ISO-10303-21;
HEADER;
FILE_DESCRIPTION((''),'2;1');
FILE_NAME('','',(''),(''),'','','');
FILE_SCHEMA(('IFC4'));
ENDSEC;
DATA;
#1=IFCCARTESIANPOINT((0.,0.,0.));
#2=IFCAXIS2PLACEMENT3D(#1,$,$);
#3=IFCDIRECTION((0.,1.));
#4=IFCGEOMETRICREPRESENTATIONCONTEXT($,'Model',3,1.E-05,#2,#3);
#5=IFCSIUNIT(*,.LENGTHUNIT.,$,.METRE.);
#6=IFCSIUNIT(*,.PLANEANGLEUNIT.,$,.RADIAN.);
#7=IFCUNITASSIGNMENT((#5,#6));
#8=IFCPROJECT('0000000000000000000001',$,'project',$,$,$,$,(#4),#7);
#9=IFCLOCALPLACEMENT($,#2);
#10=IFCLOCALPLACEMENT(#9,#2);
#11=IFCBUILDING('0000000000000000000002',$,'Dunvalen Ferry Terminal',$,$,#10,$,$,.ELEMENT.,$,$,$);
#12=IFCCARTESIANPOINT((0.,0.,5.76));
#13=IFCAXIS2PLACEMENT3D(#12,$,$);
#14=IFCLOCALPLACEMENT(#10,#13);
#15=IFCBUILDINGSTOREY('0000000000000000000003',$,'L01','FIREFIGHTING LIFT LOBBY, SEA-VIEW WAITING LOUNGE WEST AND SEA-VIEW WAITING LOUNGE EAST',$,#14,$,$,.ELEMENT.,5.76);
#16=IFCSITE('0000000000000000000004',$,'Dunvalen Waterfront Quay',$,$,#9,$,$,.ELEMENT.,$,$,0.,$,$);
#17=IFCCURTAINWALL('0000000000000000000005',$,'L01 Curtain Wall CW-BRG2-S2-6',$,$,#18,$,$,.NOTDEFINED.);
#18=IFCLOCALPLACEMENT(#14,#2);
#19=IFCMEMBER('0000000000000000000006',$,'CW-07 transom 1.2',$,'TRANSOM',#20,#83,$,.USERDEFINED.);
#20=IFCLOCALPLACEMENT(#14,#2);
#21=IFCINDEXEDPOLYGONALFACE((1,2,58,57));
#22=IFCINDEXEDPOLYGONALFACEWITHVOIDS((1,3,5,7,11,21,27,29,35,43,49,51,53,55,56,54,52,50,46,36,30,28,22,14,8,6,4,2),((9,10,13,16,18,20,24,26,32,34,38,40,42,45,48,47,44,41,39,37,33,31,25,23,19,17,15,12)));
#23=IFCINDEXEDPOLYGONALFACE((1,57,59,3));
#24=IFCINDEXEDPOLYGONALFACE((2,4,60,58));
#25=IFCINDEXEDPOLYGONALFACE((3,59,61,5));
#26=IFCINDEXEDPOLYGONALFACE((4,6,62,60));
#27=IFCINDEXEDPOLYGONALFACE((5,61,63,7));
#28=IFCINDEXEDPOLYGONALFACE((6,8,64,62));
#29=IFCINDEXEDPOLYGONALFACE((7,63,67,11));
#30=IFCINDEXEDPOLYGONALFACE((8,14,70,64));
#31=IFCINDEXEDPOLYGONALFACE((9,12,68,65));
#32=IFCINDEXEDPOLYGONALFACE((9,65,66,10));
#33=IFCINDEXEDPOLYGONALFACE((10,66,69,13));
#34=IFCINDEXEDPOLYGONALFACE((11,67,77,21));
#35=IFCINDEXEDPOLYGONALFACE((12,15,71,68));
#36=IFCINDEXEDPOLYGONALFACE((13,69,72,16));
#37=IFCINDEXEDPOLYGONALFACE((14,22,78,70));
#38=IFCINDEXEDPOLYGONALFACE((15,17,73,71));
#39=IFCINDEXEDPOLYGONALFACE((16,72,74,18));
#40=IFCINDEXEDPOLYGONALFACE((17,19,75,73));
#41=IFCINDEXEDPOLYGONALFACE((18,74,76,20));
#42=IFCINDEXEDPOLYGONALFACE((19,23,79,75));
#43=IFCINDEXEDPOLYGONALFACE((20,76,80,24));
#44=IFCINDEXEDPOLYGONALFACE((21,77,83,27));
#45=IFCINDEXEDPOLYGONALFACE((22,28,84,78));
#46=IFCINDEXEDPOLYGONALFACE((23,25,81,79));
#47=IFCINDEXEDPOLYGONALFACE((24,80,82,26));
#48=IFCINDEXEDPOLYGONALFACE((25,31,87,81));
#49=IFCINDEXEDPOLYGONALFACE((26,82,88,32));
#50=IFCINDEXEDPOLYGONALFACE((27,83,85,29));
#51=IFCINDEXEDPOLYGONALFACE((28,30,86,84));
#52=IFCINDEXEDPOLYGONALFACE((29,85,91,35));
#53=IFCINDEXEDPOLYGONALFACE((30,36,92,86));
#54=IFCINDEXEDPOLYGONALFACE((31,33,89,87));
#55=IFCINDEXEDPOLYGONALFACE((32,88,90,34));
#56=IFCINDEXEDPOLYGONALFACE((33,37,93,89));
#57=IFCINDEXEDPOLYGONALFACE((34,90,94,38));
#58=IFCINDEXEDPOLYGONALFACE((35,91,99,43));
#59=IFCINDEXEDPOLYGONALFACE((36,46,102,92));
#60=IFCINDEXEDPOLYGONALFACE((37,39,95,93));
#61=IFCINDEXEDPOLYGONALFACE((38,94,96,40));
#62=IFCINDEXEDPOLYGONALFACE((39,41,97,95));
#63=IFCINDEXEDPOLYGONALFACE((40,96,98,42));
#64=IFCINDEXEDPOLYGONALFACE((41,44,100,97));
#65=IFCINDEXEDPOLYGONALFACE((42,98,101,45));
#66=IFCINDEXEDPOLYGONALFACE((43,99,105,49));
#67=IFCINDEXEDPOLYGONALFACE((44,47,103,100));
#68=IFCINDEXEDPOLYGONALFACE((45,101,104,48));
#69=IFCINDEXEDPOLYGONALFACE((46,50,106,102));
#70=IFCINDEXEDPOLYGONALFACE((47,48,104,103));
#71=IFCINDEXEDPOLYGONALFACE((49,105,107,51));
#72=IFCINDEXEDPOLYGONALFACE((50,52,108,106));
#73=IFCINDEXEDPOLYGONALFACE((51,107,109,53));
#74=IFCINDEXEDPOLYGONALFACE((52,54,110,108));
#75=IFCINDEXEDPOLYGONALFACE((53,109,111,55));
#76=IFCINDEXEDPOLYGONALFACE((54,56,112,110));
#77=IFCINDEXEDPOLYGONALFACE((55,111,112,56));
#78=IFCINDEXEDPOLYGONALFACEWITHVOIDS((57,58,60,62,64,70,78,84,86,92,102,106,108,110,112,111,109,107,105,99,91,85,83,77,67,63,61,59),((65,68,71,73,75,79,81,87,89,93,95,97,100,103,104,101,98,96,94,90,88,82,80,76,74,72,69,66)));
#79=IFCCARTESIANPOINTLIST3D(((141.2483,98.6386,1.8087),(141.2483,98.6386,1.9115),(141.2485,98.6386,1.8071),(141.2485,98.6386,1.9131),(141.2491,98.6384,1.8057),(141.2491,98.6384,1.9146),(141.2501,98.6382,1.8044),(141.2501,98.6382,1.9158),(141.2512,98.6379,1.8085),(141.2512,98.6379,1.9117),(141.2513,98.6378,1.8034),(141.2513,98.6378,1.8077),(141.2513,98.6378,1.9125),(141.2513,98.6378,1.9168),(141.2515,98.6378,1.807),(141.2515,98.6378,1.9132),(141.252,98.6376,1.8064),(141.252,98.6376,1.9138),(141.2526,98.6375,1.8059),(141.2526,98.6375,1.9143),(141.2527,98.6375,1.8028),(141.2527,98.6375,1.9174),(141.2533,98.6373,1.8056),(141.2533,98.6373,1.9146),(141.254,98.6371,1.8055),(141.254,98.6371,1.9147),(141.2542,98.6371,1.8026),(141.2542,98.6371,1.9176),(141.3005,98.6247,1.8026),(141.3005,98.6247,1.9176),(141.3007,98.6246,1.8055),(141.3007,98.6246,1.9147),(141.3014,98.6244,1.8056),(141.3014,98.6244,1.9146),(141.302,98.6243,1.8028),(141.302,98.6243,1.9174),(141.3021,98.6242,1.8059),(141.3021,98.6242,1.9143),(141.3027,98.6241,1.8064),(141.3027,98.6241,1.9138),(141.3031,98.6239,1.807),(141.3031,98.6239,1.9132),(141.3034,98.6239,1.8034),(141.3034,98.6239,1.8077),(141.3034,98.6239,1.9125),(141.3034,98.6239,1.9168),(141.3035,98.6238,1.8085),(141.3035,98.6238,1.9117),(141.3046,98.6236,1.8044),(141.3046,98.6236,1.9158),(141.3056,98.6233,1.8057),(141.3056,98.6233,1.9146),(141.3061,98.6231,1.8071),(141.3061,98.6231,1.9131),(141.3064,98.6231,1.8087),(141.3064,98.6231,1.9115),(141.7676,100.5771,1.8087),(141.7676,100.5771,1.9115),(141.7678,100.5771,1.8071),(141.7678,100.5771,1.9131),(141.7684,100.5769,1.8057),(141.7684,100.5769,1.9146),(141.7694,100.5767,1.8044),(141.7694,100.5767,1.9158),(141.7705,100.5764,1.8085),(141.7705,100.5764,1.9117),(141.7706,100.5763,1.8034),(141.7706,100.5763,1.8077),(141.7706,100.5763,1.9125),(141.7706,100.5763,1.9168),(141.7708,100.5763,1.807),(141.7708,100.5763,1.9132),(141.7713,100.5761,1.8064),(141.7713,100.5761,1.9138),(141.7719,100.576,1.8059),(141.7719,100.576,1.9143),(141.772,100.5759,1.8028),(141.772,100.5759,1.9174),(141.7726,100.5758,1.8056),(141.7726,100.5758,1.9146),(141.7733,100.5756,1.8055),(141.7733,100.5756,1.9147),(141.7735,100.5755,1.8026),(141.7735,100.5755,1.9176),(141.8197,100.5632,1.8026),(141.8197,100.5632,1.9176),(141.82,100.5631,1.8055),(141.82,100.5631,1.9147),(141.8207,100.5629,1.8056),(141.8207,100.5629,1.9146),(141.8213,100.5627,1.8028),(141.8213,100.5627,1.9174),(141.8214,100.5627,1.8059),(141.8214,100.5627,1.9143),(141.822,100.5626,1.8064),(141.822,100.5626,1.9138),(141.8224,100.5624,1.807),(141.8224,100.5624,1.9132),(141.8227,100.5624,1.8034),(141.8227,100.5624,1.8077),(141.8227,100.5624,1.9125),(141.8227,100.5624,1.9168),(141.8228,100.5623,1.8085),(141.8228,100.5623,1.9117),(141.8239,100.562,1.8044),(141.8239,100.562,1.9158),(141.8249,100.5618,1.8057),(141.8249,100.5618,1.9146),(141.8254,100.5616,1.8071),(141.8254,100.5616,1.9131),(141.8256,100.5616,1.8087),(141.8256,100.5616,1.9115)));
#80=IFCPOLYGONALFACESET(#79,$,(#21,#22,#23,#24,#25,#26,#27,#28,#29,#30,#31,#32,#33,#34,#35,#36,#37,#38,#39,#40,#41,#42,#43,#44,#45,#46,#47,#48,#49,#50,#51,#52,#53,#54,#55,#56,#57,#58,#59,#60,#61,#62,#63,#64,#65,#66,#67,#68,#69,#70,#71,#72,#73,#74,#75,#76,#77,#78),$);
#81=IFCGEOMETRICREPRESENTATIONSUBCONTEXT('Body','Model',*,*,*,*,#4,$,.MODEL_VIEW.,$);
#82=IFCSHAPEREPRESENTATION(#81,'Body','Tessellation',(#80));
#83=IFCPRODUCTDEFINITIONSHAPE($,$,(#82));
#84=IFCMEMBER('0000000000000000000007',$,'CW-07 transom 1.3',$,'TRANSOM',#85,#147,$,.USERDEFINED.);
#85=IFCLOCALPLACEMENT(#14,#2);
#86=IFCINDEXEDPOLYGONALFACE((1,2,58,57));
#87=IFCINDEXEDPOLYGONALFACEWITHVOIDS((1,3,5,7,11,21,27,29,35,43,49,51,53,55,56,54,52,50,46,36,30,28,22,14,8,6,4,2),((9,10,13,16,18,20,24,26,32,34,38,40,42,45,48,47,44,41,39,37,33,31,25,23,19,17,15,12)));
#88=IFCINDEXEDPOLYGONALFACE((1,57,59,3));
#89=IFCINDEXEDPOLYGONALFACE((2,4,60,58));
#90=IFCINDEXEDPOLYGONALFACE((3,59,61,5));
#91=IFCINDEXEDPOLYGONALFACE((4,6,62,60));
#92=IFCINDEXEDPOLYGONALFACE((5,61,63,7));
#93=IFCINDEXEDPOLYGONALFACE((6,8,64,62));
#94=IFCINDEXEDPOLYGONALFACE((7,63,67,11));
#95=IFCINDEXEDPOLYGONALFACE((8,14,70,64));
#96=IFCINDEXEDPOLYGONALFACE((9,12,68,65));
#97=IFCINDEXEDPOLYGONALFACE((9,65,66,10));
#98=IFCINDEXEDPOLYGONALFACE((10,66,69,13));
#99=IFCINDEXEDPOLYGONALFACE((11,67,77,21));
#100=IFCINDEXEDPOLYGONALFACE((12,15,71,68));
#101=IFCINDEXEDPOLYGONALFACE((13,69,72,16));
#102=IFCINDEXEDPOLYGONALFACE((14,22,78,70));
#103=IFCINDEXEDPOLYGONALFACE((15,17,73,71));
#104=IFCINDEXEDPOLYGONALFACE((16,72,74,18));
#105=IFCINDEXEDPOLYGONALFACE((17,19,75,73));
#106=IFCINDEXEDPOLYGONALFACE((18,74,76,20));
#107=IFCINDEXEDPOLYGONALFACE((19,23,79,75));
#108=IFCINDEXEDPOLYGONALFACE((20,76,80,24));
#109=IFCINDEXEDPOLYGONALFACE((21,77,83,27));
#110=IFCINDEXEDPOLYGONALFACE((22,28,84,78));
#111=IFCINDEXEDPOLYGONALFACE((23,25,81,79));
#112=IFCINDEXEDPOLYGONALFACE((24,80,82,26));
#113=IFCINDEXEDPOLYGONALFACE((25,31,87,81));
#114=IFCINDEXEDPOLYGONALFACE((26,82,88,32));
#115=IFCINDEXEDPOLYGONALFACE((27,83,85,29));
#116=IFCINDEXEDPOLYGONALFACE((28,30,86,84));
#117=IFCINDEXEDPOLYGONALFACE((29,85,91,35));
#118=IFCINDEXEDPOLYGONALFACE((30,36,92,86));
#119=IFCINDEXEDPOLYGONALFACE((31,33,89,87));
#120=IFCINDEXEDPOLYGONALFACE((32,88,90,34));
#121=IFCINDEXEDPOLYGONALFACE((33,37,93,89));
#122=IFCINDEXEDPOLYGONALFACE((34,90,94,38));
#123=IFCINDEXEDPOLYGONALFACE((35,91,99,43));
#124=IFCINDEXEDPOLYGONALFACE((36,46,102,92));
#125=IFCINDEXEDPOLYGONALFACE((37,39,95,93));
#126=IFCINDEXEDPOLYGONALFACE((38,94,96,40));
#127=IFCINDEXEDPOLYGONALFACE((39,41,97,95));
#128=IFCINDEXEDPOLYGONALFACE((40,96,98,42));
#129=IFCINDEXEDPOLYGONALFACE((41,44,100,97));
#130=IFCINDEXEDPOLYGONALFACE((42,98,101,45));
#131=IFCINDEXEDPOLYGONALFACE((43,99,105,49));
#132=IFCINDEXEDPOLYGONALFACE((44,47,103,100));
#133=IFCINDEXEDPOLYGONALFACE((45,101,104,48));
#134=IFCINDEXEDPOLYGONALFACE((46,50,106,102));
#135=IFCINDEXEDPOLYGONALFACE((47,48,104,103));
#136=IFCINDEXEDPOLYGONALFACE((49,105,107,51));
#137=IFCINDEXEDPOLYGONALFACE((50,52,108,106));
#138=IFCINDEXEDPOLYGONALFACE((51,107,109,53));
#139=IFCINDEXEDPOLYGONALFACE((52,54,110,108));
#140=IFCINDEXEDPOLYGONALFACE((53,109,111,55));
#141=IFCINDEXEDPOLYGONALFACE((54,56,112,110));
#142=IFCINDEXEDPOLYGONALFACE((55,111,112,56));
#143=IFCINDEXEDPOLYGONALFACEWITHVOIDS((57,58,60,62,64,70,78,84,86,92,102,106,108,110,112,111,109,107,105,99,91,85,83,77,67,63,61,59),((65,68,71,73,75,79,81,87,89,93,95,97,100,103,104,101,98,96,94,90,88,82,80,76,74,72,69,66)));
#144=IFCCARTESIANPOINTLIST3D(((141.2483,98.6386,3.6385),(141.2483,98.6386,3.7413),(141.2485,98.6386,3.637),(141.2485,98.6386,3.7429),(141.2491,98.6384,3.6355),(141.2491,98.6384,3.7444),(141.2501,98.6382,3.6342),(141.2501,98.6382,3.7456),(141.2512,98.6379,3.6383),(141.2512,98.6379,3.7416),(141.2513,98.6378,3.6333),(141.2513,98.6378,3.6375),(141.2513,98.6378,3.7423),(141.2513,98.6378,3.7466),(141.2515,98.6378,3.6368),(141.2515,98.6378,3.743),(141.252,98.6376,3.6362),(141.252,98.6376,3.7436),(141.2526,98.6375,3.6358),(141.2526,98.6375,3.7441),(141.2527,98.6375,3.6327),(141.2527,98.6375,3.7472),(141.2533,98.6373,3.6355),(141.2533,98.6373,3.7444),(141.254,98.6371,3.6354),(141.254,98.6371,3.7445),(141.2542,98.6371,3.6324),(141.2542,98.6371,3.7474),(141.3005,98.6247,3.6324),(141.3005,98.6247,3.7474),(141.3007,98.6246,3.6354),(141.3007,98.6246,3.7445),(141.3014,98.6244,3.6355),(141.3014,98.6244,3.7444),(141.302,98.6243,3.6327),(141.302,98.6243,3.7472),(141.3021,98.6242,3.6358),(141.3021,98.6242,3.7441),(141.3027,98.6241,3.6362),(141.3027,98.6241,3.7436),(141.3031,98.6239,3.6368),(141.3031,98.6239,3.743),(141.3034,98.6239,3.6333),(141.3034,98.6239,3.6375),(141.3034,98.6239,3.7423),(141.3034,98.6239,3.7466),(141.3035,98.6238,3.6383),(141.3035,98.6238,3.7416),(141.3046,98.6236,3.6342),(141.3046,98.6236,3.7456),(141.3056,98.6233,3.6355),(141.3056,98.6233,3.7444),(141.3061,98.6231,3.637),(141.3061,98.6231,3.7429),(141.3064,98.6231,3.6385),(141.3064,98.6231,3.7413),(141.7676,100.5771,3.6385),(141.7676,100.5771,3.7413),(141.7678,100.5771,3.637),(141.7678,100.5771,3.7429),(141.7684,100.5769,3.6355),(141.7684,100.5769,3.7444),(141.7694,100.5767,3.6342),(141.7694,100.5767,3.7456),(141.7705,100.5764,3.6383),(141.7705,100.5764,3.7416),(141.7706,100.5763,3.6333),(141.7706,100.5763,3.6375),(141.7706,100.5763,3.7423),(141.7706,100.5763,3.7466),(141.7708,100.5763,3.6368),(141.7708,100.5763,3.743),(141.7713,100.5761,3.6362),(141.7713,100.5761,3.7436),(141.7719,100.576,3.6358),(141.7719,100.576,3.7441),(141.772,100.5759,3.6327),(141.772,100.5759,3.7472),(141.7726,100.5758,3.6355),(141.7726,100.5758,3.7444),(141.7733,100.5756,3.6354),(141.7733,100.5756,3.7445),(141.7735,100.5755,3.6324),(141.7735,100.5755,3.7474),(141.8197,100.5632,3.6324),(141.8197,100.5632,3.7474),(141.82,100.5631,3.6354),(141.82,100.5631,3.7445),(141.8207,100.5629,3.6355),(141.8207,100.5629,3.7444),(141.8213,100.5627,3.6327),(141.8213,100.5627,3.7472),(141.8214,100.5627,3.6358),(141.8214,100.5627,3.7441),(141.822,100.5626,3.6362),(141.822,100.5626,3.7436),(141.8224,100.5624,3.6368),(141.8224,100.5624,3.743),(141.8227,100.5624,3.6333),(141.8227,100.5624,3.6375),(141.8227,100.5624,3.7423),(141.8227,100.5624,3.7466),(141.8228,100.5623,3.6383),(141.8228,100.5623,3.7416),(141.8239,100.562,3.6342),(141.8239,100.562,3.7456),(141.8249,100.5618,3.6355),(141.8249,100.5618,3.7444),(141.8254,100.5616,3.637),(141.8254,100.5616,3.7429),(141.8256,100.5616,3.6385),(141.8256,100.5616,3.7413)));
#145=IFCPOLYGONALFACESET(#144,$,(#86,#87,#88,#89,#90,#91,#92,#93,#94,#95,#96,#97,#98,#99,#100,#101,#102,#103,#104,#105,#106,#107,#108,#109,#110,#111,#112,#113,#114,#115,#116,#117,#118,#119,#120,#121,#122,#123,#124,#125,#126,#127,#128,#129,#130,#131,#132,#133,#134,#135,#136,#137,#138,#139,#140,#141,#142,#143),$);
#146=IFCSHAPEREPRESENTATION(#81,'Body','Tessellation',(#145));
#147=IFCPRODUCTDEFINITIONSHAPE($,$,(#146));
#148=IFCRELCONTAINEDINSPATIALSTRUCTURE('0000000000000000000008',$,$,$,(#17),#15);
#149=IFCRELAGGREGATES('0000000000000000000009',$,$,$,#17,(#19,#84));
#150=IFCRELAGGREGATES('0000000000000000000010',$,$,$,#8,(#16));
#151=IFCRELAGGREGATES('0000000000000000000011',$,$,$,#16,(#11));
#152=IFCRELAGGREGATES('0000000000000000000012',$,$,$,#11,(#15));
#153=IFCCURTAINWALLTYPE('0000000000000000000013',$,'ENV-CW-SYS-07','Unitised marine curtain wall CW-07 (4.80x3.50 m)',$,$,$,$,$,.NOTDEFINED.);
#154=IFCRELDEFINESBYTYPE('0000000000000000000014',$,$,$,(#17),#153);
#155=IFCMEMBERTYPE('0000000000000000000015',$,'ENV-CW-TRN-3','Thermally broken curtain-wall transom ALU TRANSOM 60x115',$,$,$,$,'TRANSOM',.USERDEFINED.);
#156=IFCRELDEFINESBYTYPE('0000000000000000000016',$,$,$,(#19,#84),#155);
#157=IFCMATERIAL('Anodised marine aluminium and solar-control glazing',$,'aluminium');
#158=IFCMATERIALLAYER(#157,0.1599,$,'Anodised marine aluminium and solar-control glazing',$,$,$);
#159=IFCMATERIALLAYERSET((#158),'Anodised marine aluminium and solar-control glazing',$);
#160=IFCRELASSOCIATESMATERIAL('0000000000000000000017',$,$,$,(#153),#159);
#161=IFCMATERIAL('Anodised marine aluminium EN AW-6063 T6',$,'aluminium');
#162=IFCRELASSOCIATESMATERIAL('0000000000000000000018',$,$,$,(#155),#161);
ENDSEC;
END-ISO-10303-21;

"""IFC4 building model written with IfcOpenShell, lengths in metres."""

from ifc_helpers import new_model, si_unit, direction, frame, origin, origin_2d, place, context, subcontext, project, spatial, hollow_rectangle, extrude, material, layer, layer_set, material_profile, profile_set, type_object, element, aggregate, save


model = new_model("IFC4")

# Units and contexts
model_context = context("Model", 3, precision=1e-05, world=origin(), true_north=direction((0.0, 1.0)))
body_context = subcontext(model_context, "Body", "Model", "MODEL_VIEW")
ifc_project = project(units=[si_unit("LENGTHUNIT", "METRE"), si_unit("PLANEANGLEUNIT", "RADIAN")], contexts=[model_context])

# Site, building, storey
site_placement = place(None, origin())
site = spatial("IfcSite", under=ifc_project, at=site_placement, Name="Dunvalen Waterfront Quay", CompositionType="ELEMENT", RefElevation=0.0)
building_placement = place(site_placement, origin())
building = spatial("IfcBuilding", under=site, at=building_placement, Name="Dunvalen Ferry Terminal", CompositionType="ELEMENT")
storey_placement = place(building_placement, frame((0.0, 0.0, 5.76)))
storey = spatial("IfcBuildingStorey", under=building, at=storey_placement, Name="L01", Description="FIREFIGHTING LIFT LOBBY, SEA-VIEW WAITING LOUNGE WEST AND SEA-VIEW WAITING LOUNGE EAST", CompositionType="ELEMENT", Elevation=5.76)

# Curtain wall
ifc_material_1 = material(Name="Anodised marine aluminium and solar-control glazing", Category="aluminium")
ifc_layer_1 = layer(ifc_material_1, 0.1599, Name="Anodised marine aluminium and solar-control glazing")
ifc_layer_set_1 = layer_set([ifc_layer_1], Name="Anodised marine aluminium and solar-control glazing")
curtain_wall_type_1 = type_object("IfcCurtainWallType", Name="ENV-CW-SYS-07", Description="Unitised marine curtain wall CW-07 (4.80x3.50 m)", PredefinedType="NOTDEFINED", material=ifc_layer_set_1)
ifc_material_2 = material(Name="Anodised marine aluminium EN AW-6063 T6", Category="aluminium")
curtain_wall_1_placement = place(storey_placement, origin())
curtain_wall_1 = element("IfcCurtainWall", 1, at=curtain_wall_1_placement, inside=storey, type_object=curtain_wall_type_1, Name="L01 Curtain Wall CW-BRG2-S2-6", PredefinedType="NOTDEFINED")

# Members
ifc_material_profile_1 = material_profile(ifc_material_2, hollow_rectangle(XDim=0.0601, YDim=0.115, WallThickness=0.0029, InnerFilletRadius=0.0029, OuterFilletRadius=0.0061, at=origin_2d()), Name="Anodised marine aluminium EN AW-6063 T6")
ifc_profile_set_1 = profile_set([ifc_material_profile_1], Name="Anodised marine aluminium EN AW-6063 T6")
member_type_1 = type_object("IfcMemberType", Name="ENV-CW-TRN-3", Description="Thermally broken curtain-wall transom ALU TRANSOM 60x115", ElementType="TRANSOM", PredefinedType="USERDEFINED", material=ifc_profile_set_1)
member_1_placement = place(storey_placement, frame((141.2773, 98.6309, 1.8601), z_axis=(0.25876, 0.965942, 0.0), x_axis=(-0.965942, 0.25876, 0.0)))
member_1 = element("IfcMember", 2, at=member_1_placement, type_object=member_type_1, Name="CW-07 transom 1.2", ObjectType="TRANSOM", PredefinedType="USERDEFINED", context=body_context, shape_type="SweptSolid", body=[
    extrude(hollow_rectangle(XDim=0.0601, YDim=0.115, WallThickness=0.0029, InnerFilletRadius=0.0029, OuterFilletRadius=0.0061, at=origin_2d()), origin(), (0.0, 0.0, 1.0), 2.0068),
])
member_2_placement = place(storey_placement, frame((141.2773, 98.6309, 3.6899), z_axis=(0.25876, 0.965942, 0.0), x_axis=(-0.965942, 0.25876, 0.0)))
member_2 = element("IfcMember", 3, at=member_2_placement, type_object=member_type_1, Name="CW-07 transom 1.3", ObjectType="TRANSOM", PredefinedType="USERDEFINED", context=body_context, shape_type="SweptSolid", body=[
    extrude(hollow_rectangle(XDim=0.0601, YDim=0.115, WallThickness=0.0029, InnerFilletRadius=0.0029, OuterFilletRadius=0.0061, at=origin_2d()), origin(), (0.0, 0.0, 1.0), 2.0068),
])

aggregate(curtain_wall_1, [member_1, member_2])

save(model, "model.ifc")
